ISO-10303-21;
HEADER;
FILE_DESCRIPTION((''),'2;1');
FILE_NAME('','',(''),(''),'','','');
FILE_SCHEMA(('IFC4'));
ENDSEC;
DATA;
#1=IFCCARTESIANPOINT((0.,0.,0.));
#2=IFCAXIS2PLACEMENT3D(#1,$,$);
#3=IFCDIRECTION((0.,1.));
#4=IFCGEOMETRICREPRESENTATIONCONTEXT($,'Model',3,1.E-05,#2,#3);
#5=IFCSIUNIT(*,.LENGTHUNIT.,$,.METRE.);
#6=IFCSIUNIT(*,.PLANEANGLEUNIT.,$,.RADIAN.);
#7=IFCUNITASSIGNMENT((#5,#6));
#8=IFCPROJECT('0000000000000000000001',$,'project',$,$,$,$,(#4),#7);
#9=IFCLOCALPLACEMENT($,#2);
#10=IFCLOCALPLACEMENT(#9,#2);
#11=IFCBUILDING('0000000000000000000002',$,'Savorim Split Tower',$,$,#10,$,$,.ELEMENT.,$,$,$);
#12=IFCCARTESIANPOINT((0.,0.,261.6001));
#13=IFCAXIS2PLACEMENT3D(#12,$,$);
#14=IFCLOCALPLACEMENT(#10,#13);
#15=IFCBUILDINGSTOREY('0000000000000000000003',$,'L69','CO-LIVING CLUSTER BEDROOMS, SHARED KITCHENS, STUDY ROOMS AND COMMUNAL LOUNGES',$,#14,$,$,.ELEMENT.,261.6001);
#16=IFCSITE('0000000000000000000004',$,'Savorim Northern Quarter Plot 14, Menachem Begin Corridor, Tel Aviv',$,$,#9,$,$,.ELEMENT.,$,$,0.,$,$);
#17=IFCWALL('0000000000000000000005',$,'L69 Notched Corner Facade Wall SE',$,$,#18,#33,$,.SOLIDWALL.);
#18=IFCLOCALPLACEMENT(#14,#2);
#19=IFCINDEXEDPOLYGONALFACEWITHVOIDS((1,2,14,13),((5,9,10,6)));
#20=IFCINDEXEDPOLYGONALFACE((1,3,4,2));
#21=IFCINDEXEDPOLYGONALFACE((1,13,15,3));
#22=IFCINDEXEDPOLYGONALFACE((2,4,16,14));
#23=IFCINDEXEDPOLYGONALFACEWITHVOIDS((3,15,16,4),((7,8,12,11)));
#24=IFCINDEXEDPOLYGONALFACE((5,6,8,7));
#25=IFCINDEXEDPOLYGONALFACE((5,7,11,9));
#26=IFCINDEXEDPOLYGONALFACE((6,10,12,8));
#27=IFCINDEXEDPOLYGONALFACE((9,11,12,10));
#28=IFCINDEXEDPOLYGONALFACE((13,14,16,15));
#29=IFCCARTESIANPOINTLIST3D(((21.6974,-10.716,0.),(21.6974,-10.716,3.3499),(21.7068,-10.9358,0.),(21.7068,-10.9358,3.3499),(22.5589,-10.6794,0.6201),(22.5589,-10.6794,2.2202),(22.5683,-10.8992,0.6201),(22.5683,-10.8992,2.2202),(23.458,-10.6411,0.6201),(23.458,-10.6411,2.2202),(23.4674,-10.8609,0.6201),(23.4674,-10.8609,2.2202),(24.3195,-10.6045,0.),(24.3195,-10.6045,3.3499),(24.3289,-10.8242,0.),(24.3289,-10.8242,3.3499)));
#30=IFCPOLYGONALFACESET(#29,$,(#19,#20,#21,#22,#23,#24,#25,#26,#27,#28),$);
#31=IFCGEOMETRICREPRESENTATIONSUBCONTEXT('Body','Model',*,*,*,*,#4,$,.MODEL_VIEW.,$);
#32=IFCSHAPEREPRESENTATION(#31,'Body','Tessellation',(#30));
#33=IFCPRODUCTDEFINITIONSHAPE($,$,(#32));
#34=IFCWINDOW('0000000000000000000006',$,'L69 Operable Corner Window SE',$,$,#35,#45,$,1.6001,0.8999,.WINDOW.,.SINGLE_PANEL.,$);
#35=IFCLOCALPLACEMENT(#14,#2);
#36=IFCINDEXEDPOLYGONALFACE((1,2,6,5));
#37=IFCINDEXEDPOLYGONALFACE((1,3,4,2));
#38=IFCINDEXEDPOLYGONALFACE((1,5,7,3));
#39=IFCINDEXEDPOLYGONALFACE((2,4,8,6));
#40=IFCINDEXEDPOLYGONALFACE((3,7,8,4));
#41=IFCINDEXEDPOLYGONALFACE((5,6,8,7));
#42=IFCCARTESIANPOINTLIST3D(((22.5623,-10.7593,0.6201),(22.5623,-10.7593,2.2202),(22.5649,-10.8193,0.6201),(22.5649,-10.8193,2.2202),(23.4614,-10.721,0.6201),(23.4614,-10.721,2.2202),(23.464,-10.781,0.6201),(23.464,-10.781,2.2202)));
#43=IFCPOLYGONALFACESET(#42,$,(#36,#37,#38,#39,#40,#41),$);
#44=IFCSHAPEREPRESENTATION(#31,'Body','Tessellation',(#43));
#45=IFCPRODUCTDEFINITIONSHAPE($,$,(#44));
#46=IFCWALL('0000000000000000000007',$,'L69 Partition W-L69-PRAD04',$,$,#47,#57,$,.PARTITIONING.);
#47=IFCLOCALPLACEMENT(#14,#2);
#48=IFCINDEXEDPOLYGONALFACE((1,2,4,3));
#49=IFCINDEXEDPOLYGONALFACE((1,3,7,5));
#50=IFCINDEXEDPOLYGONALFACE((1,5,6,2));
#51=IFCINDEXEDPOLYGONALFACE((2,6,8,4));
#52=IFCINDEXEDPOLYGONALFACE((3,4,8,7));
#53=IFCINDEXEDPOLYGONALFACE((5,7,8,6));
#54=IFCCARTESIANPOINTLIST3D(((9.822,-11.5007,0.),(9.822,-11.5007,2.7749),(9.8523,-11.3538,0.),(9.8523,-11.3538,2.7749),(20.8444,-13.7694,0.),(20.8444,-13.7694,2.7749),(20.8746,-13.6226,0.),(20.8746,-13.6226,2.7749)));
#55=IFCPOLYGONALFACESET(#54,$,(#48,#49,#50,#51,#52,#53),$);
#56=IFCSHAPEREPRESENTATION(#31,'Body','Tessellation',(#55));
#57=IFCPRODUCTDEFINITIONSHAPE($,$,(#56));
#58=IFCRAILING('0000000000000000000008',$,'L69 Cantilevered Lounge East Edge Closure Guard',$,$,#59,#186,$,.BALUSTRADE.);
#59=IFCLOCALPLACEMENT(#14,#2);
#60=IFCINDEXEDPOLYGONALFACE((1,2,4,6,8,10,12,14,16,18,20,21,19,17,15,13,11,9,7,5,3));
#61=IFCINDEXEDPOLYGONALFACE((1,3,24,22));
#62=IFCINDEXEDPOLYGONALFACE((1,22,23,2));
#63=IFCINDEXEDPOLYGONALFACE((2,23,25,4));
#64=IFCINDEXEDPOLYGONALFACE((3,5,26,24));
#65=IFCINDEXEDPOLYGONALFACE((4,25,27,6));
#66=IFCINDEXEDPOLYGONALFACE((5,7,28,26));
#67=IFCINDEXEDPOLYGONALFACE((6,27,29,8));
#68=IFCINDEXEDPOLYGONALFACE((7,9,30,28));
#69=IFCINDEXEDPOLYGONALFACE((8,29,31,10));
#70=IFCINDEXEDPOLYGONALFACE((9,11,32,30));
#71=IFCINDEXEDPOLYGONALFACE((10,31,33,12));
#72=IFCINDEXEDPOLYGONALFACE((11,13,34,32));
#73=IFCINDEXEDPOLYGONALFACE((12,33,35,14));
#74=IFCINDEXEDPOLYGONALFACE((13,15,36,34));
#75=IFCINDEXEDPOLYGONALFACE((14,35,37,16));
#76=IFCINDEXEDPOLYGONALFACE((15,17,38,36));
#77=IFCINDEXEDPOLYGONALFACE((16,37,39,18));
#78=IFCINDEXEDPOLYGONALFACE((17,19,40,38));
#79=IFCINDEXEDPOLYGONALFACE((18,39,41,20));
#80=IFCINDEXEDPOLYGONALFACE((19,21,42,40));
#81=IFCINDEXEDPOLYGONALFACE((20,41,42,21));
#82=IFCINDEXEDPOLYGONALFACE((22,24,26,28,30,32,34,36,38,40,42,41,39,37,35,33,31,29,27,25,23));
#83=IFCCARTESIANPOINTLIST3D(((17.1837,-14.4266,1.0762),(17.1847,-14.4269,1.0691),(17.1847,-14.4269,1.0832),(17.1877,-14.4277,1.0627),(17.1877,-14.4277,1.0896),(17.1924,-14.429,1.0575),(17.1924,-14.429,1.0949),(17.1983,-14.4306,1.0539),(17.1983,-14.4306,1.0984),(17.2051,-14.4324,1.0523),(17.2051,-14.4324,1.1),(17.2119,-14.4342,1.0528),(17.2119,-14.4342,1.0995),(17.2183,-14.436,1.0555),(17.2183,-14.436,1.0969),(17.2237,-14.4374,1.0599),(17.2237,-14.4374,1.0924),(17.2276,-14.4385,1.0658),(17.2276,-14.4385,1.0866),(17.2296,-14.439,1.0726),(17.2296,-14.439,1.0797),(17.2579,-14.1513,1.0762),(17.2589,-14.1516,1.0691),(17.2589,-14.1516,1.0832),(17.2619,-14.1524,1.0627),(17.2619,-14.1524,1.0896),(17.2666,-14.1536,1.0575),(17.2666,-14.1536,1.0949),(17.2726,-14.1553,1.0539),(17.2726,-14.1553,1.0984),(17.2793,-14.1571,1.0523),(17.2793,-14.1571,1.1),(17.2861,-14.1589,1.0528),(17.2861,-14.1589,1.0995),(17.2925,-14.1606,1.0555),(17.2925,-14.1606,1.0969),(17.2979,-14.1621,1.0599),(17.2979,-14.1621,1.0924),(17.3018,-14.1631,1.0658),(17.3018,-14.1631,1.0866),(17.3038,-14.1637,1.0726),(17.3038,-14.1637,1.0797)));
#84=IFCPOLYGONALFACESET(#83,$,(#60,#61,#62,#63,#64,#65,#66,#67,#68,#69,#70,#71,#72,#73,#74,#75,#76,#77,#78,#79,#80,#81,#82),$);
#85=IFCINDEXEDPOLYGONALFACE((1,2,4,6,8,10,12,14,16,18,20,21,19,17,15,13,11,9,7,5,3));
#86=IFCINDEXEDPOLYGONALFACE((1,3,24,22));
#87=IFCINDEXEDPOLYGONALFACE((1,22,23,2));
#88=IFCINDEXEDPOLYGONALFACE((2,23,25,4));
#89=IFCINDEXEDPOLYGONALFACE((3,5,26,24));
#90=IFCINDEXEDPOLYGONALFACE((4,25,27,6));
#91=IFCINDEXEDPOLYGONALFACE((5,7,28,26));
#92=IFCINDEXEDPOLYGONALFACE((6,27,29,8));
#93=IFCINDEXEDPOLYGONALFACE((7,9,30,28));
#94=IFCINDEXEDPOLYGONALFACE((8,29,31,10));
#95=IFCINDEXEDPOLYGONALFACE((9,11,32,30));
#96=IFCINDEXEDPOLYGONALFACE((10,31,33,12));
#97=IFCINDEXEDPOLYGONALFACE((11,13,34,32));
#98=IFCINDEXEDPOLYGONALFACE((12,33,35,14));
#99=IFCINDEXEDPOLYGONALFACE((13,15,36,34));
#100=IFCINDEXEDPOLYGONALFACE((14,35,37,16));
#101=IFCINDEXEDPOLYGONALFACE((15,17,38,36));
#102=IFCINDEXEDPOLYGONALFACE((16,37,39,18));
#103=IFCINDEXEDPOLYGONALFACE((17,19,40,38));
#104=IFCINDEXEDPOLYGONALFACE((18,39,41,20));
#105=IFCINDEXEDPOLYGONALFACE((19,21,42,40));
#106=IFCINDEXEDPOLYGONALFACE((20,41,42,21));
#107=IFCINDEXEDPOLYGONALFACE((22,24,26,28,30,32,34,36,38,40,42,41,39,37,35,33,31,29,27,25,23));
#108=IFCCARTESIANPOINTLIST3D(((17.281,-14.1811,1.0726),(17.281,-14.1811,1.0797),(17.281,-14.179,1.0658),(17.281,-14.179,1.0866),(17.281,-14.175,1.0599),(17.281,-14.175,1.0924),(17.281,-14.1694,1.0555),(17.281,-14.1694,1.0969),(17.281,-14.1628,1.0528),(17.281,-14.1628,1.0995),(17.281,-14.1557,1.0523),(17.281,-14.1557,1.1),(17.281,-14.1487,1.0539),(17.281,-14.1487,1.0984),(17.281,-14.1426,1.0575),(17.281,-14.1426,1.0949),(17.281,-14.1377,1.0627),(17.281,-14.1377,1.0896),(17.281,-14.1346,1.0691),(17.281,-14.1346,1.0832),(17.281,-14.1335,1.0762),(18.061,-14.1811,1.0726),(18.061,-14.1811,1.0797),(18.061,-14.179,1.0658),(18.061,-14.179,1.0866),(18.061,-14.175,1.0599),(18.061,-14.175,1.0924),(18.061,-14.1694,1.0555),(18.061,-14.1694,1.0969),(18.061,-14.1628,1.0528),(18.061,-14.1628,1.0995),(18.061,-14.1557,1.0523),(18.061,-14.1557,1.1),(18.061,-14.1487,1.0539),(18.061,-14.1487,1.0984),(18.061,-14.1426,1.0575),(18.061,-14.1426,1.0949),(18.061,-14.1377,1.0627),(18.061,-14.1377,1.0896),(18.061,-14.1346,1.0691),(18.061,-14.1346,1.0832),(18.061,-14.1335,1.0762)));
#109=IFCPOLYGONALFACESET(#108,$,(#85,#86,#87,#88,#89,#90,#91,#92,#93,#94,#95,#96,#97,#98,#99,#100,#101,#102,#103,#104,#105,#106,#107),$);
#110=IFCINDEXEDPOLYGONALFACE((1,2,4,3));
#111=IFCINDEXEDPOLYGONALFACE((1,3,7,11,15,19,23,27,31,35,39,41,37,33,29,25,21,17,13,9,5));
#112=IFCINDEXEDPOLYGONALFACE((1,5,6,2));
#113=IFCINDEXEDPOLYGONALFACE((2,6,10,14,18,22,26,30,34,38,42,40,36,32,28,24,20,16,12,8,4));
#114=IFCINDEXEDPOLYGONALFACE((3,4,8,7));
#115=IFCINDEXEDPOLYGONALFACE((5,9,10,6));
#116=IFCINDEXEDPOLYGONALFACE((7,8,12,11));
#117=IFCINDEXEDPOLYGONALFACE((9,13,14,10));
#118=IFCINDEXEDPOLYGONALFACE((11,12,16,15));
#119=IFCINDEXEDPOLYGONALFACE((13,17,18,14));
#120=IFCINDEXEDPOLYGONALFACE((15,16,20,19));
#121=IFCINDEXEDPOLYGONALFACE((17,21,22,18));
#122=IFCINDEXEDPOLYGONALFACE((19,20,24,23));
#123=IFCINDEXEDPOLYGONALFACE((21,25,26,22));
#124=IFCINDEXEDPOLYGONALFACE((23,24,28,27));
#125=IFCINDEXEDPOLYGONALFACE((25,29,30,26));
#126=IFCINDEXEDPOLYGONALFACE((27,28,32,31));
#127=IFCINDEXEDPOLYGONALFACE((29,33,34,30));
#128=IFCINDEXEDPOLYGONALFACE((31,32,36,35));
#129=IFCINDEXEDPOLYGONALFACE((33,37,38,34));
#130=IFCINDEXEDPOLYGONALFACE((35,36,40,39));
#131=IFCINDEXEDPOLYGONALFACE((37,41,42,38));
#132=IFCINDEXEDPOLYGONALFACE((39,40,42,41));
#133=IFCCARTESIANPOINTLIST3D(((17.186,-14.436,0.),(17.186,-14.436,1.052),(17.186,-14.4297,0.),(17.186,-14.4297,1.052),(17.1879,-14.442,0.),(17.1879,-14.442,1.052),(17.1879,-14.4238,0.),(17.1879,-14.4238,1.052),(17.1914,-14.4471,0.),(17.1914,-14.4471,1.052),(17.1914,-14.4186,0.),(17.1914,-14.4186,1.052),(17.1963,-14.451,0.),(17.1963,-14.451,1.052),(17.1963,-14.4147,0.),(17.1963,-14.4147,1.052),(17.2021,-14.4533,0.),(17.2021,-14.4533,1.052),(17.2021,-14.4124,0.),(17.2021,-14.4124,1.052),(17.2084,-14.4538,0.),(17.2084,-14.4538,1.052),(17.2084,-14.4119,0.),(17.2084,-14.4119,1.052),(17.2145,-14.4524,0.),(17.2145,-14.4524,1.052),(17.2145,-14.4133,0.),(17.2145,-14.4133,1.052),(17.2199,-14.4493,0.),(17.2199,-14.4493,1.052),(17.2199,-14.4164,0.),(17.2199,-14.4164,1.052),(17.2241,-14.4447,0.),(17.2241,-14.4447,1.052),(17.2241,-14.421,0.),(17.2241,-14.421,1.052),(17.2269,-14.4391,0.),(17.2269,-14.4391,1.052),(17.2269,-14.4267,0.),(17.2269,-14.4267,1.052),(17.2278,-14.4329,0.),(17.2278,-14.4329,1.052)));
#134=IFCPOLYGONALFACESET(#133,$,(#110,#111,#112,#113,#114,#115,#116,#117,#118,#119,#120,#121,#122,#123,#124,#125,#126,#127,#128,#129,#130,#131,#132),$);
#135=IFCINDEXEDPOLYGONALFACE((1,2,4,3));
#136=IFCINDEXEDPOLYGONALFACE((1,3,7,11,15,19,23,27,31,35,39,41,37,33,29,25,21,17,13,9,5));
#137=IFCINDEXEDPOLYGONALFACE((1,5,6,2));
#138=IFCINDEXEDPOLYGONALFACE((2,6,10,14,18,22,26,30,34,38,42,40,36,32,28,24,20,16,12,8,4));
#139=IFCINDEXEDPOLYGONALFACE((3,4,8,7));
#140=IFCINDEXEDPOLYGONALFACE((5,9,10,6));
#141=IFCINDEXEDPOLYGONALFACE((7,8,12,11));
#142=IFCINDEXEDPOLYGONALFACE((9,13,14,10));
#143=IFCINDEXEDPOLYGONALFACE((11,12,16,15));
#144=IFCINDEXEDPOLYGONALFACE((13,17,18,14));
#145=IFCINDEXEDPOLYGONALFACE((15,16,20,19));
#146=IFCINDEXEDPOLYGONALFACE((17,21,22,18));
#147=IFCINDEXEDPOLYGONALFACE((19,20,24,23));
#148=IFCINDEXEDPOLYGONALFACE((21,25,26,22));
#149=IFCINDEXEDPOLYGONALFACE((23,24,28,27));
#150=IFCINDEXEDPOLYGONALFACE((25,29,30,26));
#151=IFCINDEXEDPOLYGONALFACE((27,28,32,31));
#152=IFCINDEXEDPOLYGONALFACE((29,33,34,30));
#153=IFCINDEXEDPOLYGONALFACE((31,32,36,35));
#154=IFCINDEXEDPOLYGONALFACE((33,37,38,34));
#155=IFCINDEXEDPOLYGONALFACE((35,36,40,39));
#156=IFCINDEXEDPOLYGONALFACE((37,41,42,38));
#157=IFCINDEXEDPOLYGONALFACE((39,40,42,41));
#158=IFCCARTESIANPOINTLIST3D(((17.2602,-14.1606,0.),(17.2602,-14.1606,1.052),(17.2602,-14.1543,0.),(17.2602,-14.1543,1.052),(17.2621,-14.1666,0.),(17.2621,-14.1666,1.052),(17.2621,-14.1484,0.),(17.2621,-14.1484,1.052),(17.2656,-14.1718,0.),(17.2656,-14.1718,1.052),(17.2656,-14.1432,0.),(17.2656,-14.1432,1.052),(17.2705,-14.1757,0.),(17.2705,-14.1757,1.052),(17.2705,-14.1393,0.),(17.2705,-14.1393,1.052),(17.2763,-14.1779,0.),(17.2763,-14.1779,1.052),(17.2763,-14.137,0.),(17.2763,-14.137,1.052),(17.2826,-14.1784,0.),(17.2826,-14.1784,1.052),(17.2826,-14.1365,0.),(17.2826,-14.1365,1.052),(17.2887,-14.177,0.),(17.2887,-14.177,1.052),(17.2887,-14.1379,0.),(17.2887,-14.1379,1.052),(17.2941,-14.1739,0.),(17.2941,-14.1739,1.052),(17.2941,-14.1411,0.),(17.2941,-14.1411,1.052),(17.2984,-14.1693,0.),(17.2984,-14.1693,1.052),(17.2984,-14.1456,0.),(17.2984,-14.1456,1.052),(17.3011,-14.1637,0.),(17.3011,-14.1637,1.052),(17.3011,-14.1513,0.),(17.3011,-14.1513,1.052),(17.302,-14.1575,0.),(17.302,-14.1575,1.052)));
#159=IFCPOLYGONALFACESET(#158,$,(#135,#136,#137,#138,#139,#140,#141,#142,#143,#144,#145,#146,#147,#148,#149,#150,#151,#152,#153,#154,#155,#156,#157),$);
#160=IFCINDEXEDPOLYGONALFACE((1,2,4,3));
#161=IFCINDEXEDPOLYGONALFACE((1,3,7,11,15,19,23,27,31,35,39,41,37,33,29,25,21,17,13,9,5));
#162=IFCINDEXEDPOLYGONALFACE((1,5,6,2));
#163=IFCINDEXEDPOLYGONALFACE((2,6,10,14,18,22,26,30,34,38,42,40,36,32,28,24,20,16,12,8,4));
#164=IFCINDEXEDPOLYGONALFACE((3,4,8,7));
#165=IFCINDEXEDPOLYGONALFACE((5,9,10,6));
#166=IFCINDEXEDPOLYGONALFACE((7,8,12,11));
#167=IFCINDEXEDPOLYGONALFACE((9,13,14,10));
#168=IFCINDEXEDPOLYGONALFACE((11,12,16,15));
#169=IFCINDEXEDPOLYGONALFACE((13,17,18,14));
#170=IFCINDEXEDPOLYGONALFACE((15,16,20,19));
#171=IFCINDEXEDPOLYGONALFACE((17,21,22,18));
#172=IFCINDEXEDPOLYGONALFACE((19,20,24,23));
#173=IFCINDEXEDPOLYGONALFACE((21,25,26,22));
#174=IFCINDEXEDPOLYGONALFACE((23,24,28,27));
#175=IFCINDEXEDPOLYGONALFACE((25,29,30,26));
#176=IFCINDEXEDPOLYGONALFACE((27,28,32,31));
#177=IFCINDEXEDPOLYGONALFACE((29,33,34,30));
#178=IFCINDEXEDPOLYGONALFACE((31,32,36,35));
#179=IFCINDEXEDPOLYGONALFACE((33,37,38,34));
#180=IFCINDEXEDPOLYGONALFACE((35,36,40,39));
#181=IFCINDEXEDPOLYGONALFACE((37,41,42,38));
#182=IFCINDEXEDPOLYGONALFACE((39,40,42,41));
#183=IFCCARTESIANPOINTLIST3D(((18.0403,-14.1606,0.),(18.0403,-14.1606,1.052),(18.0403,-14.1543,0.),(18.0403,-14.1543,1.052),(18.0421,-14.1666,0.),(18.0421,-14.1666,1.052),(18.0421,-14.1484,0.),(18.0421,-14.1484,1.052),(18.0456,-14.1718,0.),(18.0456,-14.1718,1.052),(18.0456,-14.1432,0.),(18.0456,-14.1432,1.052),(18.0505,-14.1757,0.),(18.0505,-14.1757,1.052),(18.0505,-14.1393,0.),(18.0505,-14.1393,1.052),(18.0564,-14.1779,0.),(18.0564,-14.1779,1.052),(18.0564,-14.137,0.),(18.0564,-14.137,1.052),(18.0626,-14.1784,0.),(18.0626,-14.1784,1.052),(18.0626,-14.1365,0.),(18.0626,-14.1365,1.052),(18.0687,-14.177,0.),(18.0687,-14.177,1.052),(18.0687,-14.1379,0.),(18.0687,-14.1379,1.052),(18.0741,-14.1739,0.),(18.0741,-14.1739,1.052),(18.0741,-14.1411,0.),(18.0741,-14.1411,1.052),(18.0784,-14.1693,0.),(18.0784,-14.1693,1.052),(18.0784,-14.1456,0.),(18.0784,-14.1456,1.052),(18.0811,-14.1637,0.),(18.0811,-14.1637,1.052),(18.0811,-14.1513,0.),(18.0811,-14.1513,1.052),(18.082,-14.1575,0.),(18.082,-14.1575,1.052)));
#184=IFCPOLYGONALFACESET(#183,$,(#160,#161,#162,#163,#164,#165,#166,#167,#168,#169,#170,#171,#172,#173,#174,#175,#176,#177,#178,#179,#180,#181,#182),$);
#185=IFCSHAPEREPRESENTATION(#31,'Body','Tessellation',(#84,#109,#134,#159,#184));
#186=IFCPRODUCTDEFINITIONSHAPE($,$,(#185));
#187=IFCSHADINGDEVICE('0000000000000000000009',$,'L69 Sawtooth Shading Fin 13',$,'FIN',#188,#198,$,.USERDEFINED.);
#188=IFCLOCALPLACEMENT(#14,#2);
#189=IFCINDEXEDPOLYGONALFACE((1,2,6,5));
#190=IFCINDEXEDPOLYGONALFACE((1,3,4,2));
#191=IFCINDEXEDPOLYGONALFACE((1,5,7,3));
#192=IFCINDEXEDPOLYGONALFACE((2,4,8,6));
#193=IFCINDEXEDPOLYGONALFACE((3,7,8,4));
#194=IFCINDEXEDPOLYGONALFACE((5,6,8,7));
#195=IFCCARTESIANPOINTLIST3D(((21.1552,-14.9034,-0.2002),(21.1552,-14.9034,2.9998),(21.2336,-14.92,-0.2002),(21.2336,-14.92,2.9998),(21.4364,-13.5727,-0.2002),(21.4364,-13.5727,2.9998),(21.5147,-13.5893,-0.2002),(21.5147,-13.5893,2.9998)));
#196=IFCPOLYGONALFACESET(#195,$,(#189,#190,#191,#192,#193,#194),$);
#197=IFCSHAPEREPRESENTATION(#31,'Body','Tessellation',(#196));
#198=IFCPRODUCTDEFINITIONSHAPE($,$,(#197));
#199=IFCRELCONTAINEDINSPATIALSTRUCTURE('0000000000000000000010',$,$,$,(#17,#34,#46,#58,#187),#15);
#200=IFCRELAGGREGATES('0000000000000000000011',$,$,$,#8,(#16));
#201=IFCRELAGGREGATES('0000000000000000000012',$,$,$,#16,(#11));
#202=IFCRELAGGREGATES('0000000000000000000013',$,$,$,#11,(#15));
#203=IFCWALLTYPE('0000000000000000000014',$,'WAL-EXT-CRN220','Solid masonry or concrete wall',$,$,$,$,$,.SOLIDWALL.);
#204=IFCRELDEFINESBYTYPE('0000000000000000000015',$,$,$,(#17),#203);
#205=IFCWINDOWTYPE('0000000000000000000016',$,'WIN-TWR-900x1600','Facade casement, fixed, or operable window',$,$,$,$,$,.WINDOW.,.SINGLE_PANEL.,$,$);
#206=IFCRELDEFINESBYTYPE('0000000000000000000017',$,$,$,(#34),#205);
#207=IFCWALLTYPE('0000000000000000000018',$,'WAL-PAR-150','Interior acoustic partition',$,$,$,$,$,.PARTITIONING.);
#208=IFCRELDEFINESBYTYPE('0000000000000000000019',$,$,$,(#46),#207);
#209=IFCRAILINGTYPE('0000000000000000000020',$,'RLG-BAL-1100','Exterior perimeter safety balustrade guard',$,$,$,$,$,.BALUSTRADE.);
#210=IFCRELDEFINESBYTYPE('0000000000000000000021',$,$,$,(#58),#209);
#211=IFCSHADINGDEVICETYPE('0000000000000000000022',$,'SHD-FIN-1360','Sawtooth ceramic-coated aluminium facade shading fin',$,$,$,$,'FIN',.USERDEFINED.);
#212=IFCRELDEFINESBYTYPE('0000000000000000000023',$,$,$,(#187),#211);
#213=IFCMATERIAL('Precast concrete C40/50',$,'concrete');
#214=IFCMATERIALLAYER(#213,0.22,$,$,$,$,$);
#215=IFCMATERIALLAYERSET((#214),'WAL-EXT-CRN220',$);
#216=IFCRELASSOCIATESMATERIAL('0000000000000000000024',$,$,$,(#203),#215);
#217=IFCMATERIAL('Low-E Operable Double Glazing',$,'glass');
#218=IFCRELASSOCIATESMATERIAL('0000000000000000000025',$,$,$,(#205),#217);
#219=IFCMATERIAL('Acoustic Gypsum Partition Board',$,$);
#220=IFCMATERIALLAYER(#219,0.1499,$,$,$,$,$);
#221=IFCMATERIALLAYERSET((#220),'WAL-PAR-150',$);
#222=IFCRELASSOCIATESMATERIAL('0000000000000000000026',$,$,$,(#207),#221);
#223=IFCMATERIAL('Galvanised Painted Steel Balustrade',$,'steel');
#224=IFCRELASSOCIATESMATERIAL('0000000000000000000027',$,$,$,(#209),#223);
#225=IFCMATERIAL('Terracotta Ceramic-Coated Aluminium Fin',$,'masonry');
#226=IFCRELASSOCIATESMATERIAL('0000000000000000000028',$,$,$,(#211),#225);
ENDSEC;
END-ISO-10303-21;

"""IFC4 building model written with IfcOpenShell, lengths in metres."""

from ifc_helpers import new_model, si_unit, direction, frame, frame_2d, origin, origin_2d, place, context, subcontext, project, spatial, rectangle, circle, extrude, material, layer, layer_set, type_object, element, fill, save


model = new_model("IFC4")

# Units and contexts
model_context = context("Model", 3, precision=1e-05, world=origin(), true_north=direction((0.0, 1.0)))
body_context = subcontext(model_context, "Body", "Model", "MODEL_VIEW")
ifc_project = project(units=[si_unit("LENGTHUNIT", "METRE"), si_unit("PLANEANGLEUNIT", "RADIAN")], contexts=[model_context])

# Site, building, storey
site_placement = place(None, origin())
site = spatial("IfcSite", under=ifc_project, at=site_placement, Name="Savorim Northern Quarter Plot 14, Menachem Begin Corridor, Tel Aviv", CompositionType="ELEMENT", RefElevation=0.0)
building_placement = place(site_placement, origin())
building = spatial("IfcBuilding", under=site, at=building_placement, Name="Savorim Split Tower", CompositionType="ELEMENT")
storey_placement = place(building_placement, frame((0.0, 0.0, 261.6001)))
storey = spatial("IfcBuildingStorey", under=building, at=storey_placement, Name="L69", Description="CO-LIVING CLUSTER BEDROOMS, SHARED KITCHENS, STUDY ROOMS AND COMMUNAL LOUNGES", CompositionType="ELEMENT", Elevation=261.6001)

# Shared definitions
ifc_material_1 = material(Name="Low-E Operable Double Glazing", Category="glass")

# Shared definitions
ifc_material_2 = material(Name="Precast concrete C40/50", Category="concrete")
ifc_layer_1 = layer(ifc_material_2, 0.22)
ifc_layer_set_1 = layer_set([ifc_layer_1], Name="WAL-EXT-CRN220")
wall_type_1 = type_object("IfcWallType", Name="WAL-EXT-CRN220", Description="Solid masonry or concrete wall", PredefinedType="SOLIDWALL", material=ifc_layer_set_1)

# Wall, opening, window
wall_1_placement = place(storey_placement, frame((24.3242, -10.7144, 0.0), z_axis=(0.0, 0.0, 1.0), x_axis=(-0.999096, -0.042513, 0.0)))
wall_1 = element("IfcWall", 1, at=wall_1_placement, inside=storey, type_object=wall_type_1, Name="L69 Notched Corner Facade Wall SE", PredefinedType="SOLIDWALL", context=body_context, shape_type="SweptSolid", body=[
    extrude(rectangle(XDim=2.6245, YDim=0.22, at=frame_2d((1.3123, 0.0))), origin(), (0.0, 0.0, 1.0), 3.3499),
])
opening_placement = place(wall_1_placement, frame((0.8623, 0.0, 0.6201)))
opening = element("IfcOpeningElement", 2, at=opening_placement, cuts=wall_1, PredefinedType="OPENING", context=body_context, shape_type="SweptSolid", body=[
    extrude(rectangle(XDim=0.8999, YDim=1.6001, at=frame_2d((0.45, 0.8))), frame((0.0, 0.1199, 0.0), z_axis=(0.0, -1.0, 0.0), x_axis=(1.0, 0.0, 0.0)), (0.0, 0.0, 1.0), 0.24),
])
window_type = type_object("IfcWindowType", Name="WIN-TWR-900x1600", Description="Facade casement, fixed, or operable window", PartitioningType="SINGLE_PANEL", PredefinedType="WINDOW", material=ifc_material_1)
window_placement = place(opening_placement, origin())
window = element("IfcWindow", 3, at=window_placement, inside=storey, type_object=window_type, Name="L69 Operable Corner Window SE", OverallHeight=1.6001, OverallWidth=0.8999, PartitioningType="SINGLE_PANEL", PredefinedType="WINDOW", context=body_context, shape_type="SweptSolid", body=[
    extrude(rectangle(XDim=0.8999, YDim=1.6001, at=frame_2d((0.45, 0.8))), frame((0.0, 0.03, 0.0), z_axis=(0.0, -1.0, 0.0), x_axis=(1.0, 0.0, 0.0)), (0.0, 0.0, 1.0), 0.0601),
])
fill(opening, window)

# Wall
ifc_material_3 = material(Name="Acoustic Gypsum Partition Board")
ifc_layer_2 = layer(ifc_material_3, 0.1499)
ifc_layer_set_2 = layer_set([ifc_layer_2], Name="WAL-PAR-150")
wall_type_2 = type_object("IfcWallType", Name="WAL-PAR-150", Description="Interior acoustic partition", PredefinedType="PARTITIONING", material=ifc_layer_set_2)
wall_2_placement = place(storey_placement, frame((9.8372, -11.4272, 0.0), z_axis=(0.0, 0.0, 1.0), x_axis=(0.979466, -0.201608, 0.0)))
element("IfcWall", 4, at=wall_2_placement, inside=storey, type_object=wall_type_2, Name="L69 Partition W-L69-PRAD04", PredefinedType="PARTITIONING", context=body_context, shape_type="SweptSolid", body=[
    extrude(rectangle(XDim=11.2534, YDim=0.1499, at=frame_2d((5.6267, 0.0))), origin(), (0.0, 0.0, 1.0), 2.7749),
])

# Railing
ifc_material_4 = material(Name="Galvanised Painted Steel Balustrade", Category="steel")
railing_type = type_object("IfcRailingType", Name="RLG-BAL-1100", Description="Exterior perimeter safety balustrade guard", PredefinedType="BALUSTRADE", material=ifc_material_4)
railing_placement = place(storey_placement, frame((17.2068, -14.4329, 0.0)))
element("IfcRailing", 5, at=railing_placement, inside=storey, type_object=railing_type, Name="L69 Cantilevered Lounge East Edge Closure Guard", PredefinedType="BALUSTRADE", context=body_context, shape_type="SweptSolid", body=[
    extrude(circle(Radius=0.0239, at=origin_2d()), frame((0.0, 0.0, 1.0762), z_axis=(0.260219, 0.96555, 0.0), x_axis=(-0.96555, 0.260219, 0.0)), (0.0, 0.0, 1.0), 0.2852),
    extrude(circle(Radius=0.0239, at=origin_2d()), frame((0.0742, 0.2754, 1.0762), z_axis=(1.0, 0.0, 0.0), x_axis=(0.0, 1.0, 0.0)), (0.0, 0.0, 1.0), 0.78),
    extrude(circle(Radius=0.021, at=origin_2d()), origin(), (0.0, 0.0, 1.0), 1.052),
    extrude(circle(Radius=0.021, at=origin_2d()), frame((0.0742, 0.2754, 0.0)), (0.0, 0.0, 1.0), 1.052),
    extrude(circle(Radius=0.021, at=origin_2d()), frame((0.8542, 0.2754, 0.0)), (0.0, 0.0, 1.0), 1.052),
])

# Shading device
ifc_material_5 = material(Name="Terracotta Ceramic-Coated Aluminium Fin", Category="masonry")
shading_device_type = type_object("IfcShadingDeviceType", Name="SHD-FIN-1360", Description="Sawtooth ceramic-coated aluminium facade shading fin", ElementType="FIN", PredefinedType="USERDEFINED", material=ifc_material_5)
shading_device_placement = place(storey_placement, frame((21.335, -14.2463, -0.2002), z_axis=(0.0, 0.0, 1.0), x_axis=(-0.206722, -0.9784, 0.0)))
element("IfcShadingDevice", 6, at=shading_device_placement, inside=storey, type_object=shading_device_type, Name="L69 Sawtooth Shading Fin 13", ObjectType="FIN", PredefinedType="USERDEFINED", context=body_context, shape_type="SweptSolid", body=[
    extrude(rectangle(XDim=1.3601, YDim=0.0801, at=origin_2d()), origin(), (0.0, 0.0, 1.0), 3.2),
])

save(model, "model.ifc")
